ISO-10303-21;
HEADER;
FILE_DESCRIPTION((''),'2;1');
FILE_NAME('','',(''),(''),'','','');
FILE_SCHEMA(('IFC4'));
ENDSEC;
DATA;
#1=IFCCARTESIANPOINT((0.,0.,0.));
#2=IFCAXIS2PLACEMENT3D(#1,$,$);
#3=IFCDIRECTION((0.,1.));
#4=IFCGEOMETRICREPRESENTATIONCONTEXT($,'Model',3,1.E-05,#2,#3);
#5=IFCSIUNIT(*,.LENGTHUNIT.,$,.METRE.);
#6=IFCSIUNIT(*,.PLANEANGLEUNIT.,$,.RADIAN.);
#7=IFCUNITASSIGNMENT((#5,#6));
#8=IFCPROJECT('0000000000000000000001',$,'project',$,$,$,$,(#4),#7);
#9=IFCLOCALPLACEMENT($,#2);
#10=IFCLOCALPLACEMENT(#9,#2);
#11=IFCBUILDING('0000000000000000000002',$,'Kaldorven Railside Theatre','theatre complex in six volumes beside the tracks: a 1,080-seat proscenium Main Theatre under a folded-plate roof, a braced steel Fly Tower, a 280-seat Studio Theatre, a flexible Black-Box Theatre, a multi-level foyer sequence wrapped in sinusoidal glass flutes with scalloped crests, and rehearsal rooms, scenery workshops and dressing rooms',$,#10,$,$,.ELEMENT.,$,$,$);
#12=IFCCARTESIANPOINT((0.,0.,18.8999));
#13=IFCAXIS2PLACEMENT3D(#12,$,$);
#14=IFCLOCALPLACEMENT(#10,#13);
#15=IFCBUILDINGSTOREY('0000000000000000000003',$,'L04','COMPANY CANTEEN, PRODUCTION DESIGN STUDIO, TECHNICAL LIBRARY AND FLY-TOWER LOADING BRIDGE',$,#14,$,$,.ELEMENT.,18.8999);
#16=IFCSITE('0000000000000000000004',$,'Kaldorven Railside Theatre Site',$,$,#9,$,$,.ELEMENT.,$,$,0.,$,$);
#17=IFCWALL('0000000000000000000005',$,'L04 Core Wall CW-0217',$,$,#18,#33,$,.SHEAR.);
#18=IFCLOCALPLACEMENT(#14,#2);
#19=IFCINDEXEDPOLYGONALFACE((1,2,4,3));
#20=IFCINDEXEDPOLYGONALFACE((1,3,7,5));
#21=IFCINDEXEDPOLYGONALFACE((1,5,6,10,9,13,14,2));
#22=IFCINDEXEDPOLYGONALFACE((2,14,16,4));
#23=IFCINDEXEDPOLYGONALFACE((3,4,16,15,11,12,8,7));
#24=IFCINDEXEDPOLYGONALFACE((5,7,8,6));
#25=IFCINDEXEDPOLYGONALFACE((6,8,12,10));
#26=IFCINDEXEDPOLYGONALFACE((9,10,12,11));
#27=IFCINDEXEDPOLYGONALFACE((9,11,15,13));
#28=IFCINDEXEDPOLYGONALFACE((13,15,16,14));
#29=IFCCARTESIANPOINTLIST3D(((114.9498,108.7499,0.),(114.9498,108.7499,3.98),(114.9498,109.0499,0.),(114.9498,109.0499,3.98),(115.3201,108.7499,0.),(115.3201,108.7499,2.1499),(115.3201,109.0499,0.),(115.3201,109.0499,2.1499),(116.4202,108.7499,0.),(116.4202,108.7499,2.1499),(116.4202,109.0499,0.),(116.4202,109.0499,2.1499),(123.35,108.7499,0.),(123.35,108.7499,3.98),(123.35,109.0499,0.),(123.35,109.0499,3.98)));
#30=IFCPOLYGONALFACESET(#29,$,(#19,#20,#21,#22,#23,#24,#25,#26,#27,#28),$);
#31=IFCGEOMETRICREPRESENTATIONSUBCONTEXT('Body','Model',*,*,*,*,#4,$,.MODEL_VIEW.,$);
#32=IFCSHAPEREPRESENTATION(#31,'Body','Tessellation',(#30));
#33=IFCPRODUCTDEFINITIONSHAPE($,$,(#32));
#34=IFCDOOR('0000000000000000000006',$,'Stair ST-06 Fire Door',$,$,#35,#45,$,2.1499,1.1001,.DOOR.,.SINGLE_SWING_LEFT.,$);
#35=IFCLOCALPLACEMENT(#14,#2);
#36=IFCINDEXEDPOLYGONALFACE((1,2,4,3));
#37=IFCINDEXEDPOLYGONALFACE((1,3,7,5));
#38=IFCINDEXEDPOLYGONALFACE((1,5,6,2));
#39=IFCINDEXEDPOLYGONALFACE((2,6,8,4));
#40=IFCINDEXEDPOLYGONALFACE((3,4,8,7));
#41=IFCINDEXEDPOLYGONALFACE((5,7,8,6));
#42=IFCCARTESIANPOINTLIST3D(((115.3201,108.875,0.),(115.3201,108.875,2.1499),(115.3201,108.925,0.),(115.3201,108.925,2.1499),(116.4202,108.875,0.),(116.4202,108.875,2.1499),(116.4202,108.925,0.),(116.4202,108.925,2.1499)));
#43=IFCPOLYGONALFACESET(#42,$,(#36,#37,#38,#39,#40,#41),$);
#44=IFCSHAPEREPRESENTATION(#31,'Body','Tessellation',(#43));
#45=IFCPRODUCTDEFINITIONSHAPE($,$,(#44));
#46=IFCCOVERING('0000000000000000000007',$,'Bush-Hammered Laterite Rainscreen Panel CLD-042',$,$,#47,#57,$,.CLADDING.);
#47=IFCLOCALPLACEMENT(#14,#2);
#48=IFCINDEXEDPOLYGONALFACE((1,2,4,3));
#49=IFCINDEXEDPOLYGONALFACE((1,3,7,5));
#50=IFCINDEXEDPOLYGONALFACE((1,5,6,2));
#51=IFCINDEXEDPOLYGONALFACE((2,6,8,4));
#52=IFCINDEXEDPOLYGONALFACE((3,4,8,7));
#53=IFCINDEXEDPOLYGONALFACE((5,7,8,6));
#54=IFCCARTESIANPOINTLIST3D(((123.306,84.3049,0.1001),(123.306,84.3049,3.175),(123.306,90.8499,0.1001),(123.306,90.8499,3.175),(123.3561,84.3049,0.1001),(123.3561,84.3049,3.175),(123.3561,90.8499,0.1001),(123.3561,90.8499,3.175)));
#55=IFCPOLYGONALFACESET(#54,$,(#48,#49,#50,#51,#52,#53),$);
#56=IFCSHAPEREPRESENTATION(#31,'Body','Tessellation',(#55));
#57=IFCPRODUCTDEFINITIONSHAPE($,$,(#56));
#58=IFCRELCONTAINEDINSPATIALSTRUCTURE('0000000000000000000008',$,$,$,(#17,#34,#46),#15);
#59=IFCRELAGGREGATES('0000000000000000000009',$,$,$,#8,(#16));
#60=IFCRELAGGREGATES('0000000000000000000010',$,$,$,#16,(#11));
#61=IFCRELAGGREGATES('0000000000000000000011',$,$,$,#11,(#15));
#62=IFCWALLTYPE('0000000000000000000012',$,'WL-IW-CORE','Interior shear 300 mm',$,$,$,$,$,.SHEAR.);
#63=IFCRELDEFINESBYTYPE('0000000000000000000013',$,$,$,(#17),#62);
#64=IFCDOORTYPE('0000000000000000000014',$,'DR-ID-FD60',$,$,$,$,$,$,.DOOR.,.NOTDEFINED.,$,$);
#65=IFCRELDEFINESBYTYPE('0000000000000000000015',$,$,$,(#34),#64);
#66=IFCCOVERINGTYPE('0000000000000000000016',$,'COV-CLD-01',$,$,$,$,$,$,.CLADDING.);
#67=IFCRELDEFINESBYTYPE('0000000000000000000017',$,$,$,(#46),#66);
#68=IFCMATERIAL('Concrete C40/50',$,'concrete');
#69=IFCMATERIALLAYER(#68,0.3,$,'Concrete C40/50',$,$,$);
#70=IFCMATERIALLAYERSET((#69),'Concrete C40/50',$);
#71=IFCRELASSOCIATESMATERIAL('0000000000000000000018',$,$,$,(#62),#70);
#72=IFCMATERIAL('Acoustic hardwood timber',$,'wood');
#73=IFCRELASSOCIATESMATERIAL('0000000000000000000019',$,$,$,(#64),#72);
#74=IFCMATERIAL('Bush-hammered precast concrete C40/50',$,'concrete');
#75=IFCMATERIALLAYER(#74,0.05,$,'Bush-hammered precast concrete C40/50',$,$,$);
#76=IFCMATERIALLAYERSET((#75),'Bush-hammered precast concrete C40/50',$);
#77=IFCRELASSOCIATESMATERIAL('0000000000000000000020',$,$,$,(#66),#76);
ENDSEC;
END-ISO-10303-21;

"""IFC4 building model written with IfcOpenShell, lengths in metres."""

from ifc_helpers import new_model, si_unit, direction, frame, frame_2d, origin, origin_2d, place, context, subcontext, project, spatial, rectangle, extrude, material, layer, layer_set, type_object, element, fill, save


model = new_model("IFC4")

# Units and contexts
model_context = context("Model", 3, precision=1e-05, world=origin(), true_north=direction((0.0, 1.0)))
body_context = subcontext(model_context, "Body", "Model", "MODEL_VIEW")
ifc_project = project(units=[si_unit("LENGTHUNIT", "METRE"), si_unit("PLANEANGLEUNIT", "RADIAN")], contexts=[model_context])

# Site, building, storey
site_placement = place(None, origin())
site = spatial("IfcSite", under=ifc_project, at=site_placement, Name="Kaldorven Railside Theatre Site", CompositionType="ELEMENT", RefElevation=0.0)
building_placement = place(site_placement, origin())
building = spatial("IfcBuilding", under=site, at=building_placement, Name="Kaldorven Railside Theatre", Description="theatre complex in six volumes beside the tracks: a 1,080-seat proscenium Main Theatre under a folded-plate roof, a braced steel Fly Tower, a 280-seat Studio Theatre, a flexible Black-Box Theatre, a multi-level foyer sequence wrapped in sinusoidal glass flutes with scalloped crests, and rehearsal rooms, scenery workshops and dressing rooms", CompositionType="ELEMENT")
storey_placement = place(building_placement, frame((0.0, 0.0, 18.8999)))
storey = spatial("IfcBuildingStorey", under=building, at=storey_placement, Name="L04", Description="COMPANY CANTEEN, PRODUCTION DESIGN STUDIO, TECHNICAL LIBRARY AND FLY-TOWER LOADING BRIDGE", CompositionType="ELEMENT", Elevation=18.8999)

# Shared definitions
ifc_material_1 = material(Name="Concrete C40/50", Category="concrete")

# Wall, opening, door
ifc_layer_1 = layer(ifc_material_1, 0.3, Name="Concrete C40/50")
ifc_layer_set_1 = layer_set([ifc_layer_1], Name="Concrete C40/50")
wall_type_1 = type_object("IfcWallType", Name="WL-IW-CORE", Description="Interior shear 300 mm", PredefinedType="SHEAR", material=ifc_layer_set_1)
wall_1_placement = place(storey_placement, frame((123.3501, 108.8999, 0.0), z_axis=(0.0, 0.0, 1.0), x_axis=(-1.0, 0.0, 0.0)))
wall_1 = element("IfcWall", 1, at=wall_1_placement, inside=storey, type_object=wall_type_1, Name="L04 Core Wall CW-0217", PredefinedType="SHEAR", context=body_context, shape_type="SweptSolid", body=[
    extrude(rectangle(XDim=8.4001, YDim=0.3, at=frame_2d((4.2002, 0.0))), origin(), (0.0, 0.0, 1.0), 3.98),
])
opening_1_placement = place(wall_1_placement, frame((6.9299, 0.0, 0.0)))
opening_1 = element("IfcOpeningElement", 2, at=opening_1_placement, cuts=wall_1, PredefinedType="OPENING", context=body_context, shape_type="SweptSolid", body=[
    extrude(rectangle(XDim=1.1001, YDim=2.1499, at=frame_2d((0.55, 1.075))), frame((0.0, 0.1602, 0.0), z_axis=(0.0, -1.0, 0.0), x_axis=(1.0, 0.0, 0.0)), (0.0, 0.0, 1.0), 0.3201),
])
ifc_material_2 = material(Name="Acoustic hardwood timber", Category="wood")
door_type = type_object("IfcDoorType", Name="DR-ID-FD60", OperationType="NOTDEFINED", PredefinedType="DOOR", material=ifc_material_2)
door_placement = place(opening_1_placement, origin())
door = element("IfcDoor", 3, at=door_placement, inside=storey, type_object=door_type, Name="Stair ST-06 Fire Door", OperationType="SINGLE_SWING_LEFT", OverallHeight=2.1499, OverallWidth=1.1001, PredefinedType="DOOR", context=body_context, shape_type="SweptSolid", body=[
    extrude(rectangle(XDim=1.1001, YDim=2.1499, at=frame_2d((0.55, 1.075))), frame((0.0, 0.0249, 0.0), z_axis=(0.0, -1.0, 0.0), x_axis=(1.0, 0.0, 0.0)), (0.0, 0.0, 1.0), 0.05),
])
fill(opening_1, door)

# Covering
ifc_material_3 = material(Name="Bush-hammered precast concrete C40/50", Category="concrete")
ifc_layer_2 = layer(ifc_material_3, 0.05, Name="Bush-hammered precast concrete C40/50")
ifc_layer_set_2 = layer_set([ifc_layer_2], Name="Bush-hammered precast concrete C40/50")
covering_type = type_object("IfcCoveringType", Name="COV-CLD-01", PredefinedType="CLADDING", material=ifc_layer_set_2)
covering_placement = place(storey_placement, frame((123.3311, 87.5774, 0.1001), z_axis=(0.0, 0.0, 1.0), x_axis=(0.0, -1.0, 0.0)))
element("IfcCovering", 4, at=covering_placement, inside=storey, type_object=covering_type, Name="Bush-Hammered Laterite Rainscreen Panel CLD-042", PredefinedType="CLADDING", context=body_context, shape_type="SweptSolid", body=[
    extrude(rectangle(XDim=6.5449, YDim=0.05, at=origin_2d()), origin(), (0.0, 0.0, 1.0), 3.075),
])

save(model, "model.ifc")
